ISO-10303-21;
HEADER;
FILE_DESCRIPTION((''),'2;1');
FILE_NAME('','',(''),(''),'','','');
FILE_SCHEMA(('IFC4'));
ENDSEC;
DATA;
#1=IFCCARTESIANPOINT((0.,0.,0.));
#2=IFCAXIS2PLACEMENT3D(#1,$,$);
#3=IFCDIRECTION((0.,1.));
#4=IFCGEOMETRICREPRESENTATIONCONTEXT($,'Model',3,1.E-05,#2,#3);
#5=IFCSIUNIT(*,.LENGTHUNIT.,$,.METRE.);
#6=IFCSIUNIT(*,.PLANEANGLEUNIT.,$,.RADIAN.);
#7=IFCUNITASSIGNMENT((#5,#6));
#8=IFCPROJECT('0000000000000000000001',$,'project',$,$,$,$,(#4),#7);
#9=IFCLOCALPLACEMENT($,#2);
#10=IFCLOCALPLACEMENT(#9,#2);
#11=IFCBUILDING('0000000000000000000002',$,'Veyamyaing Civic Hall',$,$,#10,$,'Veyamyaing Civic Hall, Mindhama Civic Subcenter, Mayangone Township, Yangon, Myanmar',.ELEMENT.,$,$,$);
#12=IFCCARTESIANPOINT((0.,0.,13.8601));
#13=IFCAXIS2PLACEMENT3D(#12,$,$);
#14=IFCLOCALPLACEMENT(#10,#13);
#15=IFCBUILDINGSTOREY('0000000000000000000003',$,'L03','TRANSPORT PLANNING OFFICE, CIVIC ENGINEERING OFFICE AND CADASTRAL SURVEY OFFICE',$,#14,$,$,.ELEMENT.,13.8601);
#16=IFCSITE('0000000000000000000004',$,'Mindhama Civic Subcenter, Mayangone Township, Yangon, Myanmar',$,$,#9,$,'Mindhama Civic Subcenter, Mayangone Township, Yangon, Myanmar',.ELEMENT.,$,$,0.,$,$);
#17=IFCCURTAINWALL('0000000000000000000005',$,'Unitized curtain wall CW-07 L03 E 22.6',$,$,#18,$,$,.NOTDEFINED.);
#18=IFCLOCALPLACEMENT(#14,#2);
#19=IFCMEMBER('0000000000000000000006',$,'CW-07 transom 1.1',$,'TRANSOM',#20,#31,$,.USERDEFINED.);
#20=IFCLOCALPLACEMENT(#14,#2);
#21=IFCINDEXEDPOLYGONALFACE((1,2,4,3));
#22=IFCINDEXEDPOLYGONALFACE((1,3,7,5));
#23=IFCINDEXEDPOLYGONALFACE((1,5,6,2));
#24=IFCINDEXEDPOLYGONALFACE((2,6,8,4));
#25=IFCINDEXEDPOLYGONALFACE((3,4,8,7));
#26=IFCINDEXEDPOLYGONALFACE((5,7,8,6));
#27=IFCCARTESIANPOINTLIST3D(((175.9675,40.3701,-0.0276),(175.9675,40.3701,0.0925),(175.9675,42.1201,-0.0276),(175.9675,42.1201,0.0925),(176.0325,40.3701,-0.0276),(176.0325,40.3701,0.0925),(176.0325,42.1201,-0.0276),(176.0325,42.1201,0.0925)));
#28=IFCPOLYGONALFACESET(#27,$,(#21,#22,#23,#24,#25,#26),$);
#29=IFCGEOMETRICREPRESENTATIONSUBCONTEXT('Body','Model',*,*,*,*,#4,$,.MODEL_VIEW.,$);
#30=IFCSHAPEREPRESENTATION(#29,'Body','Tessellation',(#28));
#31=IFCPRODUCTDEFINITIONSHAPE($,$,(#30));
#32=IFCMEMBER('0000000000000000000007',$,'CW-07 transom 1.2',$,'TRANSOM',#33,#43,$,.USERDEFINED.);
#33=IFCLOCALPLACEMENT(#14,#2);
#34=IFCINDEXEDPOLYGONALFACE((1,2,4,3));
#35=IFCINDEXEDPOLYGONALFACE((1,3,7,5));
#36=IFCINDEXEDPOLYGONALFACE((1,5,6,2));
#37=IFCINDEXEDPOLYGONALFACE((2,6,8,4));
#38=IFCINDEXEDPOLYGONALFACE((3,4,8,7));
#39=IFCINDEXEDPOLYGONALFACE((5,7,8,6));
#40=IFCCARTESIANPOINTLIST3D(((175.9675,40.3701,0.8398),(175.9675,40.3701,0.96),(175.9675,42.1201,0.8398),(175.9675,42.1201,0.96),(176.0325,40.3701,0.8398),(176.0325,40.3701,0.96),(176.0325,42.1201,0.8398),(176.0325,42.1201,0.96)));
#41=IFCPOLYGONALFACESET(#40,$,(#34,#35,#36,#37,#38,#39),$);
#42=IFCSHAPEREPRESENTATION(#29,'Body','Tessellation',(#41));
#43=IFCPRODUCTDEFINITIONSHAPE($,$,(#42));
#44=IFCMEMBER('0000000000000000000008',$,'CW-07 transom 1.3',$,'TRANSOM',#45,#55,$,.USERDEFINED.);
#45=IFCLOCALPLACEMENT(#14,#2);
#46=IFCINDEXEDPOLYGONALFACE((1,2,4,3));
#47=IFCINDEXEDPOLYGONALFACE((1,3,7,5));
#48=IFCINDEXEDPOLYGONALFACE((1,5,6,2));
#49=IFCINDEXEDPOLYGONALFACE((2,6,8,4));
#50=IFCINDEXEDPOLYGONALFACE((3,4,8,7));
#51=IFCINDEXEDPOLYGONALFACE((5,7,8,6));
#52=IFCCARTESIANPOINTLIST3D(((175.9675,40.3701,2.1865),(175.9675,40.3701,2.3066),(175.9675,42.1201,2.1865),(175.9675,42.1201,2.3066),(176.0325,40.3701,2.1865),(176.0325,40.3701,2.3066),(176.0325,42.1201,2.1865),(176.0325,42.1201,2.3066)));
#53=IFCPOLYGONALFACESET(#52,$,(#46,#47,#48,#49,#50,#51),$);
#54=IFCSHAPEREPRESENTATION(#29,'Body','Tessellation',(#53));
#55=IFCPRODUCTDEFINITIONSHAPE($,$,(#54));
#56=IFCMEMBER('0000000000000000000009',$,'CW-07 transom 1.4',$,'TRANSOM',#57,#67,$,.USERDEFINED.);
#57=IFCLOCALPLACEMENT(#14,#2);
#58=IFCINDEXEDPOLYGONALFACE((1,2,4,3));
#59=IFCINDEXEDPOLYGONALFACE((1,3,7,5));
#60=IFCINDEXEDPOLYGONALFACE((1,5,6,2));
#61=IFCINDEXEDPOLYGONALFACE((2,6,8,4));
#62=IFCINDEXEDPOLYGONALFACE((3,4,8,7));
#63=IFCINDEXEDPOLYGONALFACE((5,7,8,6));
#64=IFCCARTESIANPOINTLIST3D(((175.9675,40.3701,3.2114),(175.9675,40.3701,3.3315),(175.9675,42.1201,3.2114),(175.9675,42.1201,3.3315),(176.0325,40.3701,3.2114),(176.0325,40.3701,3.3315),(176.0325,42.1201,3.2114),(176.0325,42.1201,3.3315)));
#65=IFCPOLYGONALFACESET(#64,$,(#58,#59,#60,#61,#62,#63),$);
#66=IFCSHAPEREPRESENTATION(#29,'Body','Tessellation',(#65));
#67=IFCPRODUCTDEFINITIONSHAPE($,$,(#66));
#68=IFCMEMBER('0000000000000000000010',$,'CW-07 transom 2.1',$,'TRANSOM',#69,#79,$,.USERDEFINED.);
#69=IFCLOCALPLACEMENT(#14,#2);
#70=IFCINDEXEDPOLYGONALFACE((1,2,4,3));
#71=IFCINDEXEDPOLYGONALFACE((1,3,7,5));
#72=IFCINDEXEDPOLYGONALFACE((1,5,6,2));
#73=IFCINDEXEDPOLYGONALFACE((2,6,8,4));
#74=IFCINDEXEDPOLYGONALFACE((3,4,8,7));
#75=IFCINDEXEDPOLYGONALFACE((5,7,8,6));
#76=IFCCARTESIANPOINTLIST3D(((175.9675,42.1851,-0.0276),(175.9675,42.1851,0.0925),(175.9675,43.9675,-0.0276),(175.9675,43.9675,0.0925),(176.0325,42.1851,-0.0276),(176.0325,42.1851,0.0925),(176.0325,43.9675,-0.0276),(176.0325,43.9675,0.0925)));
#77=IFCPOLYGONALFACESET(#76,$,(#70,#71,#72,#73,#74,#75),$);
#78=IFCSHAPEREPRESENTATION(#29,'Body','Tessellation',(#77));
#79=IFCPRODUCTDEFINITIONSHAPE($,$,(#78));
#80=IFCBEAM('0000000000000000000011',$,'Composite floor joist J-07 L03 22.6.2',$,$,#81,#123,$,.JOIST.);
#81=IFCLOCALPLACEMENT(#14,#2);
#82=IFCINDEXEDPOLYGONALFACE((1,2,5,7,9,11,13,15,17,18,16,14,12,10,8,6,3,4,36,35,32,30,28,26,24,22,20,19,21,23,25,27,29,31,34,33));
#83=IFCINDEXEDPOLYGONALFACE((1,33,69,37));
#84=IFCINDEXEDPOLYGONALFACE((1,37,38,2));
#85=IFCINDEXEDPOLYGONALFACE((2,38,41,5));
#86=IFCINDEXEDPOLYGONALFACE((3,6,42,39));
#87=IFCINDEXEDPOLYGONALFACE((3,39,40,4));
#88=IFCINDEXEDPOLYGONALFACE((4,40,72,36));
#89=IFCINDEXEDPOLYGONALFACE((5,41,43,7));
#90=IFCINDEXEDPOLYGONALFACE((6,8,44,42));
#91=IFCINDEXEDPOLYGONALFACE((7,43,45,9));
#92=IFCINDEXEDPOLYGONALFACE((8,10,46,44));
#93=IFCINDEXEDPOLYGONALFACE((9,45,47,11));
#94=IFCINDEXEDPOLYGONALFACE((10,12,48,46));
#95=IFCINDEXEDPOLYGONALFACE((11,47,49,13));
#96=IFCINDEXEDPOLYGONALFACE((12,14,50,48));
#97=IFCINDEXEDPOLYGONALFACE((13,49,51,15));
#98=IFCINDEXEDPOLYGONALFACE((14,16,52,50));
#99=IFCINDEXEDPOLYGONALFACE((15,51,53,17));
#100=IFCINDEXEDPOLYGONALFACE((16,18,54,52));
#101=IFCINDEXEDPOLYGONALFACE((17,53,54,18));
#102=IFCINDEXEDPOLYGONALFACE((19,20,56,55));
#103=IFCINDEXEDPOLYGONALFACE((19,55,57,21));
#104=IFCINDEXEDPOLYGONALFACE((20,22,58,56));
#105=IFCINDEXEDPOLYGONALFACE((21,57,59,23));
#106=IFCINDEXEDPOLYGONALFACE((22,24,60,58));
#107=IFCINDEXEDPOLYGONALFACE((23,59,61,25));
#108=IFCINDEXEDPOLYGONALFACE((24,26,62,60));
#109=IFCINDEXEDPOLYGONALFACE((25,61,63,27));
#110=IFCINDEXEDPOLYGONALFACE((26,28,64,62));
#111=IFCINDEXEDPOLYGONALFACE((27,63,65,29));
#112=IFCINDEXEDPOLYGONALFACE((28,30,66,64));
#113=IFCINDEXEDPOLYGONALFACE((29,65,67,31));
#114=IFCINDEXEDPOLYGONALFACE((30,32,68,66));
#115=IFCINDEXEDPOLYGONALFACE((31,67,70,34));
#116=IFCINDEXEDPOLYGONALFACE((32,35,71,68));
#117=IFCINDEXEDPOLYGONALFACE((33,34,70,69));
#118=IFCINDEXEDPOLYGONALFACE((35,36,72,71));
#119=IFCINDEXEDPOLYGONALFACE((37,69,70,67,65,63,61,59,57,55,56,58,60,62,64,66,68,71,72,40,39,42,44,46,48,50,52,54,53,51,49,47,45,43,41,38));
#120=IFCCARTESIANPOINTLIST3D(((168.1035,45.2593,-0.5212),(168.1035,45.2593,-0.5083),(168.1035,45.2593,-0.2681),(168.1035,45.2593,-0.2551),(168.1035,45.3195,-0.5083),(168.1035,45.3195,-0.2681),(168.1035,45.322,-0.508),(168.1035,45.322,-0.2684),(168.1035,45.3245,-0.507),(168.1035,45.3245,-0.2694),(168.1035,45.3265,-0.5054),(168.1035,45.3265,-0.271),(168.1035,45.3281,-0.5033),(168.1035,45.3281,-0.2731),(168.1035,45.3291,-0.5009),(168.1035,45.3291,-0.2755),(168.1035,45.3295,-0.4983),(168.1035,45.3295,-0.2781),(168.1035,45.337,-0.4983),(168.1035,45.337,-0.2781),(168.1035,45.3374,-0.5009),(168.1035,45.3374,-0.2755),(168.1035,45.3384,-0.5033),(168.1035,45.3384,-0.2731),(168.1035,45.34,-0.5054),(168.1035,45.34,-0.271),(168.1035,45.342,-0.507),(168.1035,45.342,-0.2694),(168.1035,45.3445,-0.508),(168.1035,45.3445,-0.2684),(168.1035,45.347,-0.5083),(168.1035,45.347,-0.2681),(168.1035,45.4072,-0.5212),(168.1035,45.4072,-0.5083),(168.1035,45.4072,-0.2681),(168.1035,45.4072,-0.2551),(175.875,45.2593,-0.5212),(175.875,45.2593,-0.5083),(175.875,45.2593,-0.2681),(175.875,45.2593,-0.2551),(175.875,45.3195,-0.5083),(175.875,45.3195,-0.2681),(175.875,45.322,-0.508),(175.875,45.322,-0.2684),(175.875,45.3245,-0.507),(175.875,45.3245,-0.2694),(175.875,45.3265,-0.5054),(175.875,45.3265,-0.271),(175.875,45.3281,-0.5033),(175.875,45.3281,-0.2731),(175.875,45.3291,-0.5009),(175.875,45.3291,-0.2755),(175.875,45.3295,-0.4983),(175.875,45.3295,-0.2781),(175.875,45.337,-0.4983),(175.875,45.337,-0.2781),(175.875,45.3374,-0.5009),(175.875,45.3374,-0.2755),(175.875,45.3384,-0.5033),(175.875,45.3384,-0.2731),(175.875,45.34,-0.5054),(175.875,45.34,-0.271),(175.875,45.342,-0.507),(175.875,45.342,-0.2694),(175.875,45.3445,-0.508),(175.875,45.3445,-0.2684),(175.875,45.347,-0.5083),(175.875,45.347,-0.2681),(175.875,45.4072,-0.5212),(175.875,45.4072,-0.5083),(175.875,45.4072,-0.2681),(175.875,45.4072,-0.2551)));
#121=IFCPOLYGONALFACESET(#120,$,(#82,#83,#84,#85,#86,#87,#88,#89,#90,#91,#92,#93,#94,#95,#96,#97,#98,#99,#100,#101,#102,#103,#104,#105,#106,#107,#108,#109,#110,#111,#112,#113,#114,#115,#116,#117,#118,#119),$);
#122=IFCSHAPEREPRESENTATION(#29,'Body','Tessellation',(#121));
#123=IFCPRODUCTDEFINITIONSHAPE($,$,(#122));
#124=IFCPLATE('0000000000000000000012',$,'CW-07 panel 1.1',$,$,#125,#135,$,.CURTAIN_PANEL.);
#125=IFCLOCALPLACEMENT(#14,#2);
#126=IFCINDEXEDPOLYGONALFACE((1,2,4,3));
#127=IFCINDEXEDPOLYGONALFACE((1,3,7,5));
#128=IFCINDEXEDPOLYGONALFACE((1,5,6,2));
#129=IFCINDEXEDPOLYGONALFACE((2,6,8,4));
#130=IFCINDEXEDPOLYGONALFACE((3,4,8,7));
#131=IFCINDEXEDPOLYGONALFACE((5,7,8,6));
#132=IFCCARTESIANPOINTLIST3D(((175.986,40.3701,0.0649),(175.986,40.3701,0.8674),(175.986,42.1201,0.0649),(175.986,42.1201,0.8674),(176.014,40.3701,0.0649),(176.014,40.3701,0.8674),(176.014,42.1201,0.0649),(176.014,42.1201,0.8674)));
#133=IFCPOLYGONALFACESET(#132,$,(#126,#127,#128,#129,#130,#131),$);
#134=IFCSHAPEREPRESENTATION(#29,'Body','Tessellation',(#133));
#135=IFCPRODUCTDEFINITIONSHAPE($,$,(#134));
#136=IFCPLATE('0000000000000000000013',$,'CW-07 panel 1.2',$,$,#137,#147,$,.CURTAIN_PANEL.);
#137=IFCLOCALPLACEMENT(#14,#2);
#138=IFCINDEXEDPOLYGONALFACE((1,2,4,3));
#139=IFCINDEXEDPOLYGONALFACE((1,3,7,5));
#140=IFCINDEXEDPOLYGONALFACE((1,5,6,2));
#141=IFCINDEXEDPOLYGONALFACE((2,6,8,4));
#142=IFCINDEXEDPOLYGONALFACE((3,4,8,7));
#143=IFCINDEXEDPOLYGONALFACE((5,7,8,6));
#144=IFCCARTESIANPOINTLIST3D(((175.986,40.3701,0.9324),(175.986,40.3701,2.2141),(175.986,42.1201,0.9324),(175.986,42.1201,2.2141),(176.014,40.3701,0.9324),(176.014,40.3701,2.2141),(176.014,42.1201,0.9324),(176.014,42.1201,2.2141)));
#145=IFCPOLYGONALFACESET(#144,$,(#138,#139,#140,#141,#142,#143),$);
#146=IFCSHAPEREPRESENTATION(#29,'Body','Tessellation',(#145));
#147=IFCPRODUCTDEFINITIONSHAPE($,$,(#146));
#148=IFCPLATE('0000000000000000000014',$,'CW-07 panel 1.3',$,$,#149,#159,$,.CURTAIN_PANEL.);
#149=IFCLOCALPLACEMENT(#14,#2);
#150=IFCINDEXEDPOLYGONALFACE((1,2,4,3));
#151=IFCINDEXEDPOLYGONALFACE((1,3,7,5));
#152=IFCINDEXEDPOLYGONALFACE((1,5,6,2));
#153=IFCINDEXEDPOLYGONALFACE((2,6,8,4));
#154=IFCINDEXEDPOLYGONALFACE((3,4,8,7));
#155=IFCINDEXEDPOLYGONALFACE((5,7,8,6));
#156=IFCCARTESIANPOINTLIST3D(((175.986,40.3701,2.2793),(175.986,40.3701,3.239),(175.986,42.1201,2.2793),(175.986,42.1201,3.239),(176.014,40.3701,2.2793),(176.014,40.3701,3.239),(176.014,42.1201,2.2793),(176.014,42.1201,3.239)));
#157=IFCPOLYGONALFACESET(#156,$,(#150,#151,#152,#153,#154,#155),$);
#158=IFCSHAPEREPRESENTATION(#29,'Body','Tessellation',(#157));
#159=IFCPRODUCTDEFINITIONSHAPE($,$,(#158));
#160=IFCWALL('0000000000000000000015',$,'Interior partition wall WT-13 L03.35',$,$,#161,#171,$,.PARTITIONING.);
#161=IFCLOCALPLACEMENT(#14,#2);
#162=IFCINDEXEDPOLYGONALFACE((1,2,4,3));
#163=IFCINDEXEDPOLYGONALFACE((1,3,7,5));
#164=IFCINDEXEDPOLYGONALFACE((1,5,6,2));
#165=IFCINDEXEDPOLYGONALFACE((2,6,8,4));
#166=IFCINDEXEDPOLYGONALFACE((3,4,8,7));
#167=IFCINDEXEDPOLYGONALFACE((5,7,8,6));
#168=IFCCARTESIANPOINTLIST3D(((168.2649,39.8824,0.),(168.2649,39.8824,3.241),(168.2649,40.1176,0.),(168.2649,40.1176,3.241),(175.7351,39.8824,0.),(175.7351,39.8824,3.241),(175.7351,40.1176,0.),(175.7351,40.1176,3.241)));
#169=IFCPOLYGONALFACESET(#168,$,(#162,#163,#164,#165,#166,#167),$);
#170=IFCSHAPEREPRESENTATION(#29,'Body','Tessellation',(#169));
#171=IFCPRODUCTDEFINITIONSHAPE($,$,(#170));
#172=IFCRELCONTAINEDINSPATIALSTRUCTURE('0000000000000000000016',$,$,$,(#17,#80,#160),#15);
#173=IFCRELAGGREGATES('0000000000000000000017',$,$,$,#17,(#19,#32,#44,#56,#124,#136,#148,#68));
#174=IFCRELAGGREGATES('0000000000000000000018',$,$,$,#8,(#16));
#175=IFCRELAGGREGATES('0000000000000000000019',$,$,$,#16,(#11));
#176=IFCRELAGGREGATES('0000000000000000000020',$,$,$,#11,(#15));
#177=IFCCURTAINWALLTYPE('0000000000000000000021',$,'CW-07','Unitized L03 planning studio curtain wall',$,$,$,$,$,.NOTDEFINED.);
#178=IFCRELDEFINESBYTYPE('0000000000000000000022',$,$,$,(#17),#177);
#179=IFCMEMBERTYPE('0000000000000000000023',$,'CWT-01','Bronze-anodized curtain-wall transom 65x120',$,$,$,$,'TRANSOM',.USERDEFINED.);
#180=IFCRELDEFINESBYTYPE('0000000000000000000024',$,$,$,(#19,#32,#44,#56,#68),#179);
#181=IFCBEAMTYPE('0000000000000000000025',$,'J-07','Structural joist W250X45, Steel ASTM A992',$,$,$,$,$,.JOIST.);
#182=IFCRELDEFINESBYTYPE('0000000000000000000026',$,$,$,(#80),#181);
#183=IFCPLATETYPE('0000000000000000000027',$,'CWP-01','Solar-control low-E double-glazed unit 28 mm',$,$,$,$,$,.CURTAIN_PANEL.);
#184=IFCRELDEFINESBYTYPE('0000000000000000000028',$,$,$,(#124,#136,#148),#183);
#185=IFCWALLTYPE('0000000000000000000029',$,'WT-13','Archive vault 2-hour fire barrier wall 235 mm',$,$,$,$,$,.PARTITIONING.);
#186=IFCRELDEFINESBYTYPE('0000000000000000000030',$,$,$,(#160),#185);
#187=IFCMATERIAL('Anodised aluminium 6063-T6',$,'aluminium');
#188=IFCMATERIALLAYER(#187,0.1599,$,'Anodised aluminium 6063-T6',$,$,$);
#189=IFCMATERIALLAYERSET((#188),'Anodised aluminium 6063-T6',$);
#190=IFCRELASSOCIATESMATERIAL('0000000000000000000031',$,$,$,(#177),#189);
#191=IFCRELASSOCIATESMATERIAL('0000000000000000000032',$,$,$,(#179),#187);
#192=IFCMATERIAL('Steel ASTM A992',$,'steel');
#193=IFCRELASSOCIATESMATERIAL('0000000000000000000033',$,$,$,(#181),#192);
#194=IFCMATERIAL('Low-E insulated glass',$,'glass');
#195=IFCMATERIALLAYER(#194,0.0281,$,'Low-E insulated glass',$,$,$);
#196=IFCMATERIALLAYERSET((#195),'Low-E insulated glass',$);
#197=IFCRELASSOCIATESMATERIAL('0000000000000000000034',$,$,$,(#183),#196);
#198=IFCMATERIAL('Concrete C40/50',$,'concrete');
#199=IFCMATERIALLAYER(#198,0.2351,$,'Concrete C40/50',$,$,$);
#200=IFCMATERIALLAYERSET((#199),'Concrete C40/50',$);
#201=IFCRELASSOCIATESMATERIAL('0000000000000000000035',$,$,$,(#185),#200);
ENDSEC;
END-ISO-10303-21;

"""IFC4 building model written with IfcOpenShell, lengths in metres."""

from ifc_helpers import new_model, si_unit, direction, frame, frame_2d, origin, origin_2d, place, context, subcontext, project, spatial, rectangle, i_section, extrude, material, layer, layer_set, material_profile, profile_set, type_object, element, aggregate, save


model = new_model("IFC4")

# Units and contexts
model_context = context("Model", 3, precision=1e-05, world=origin(), true_north=direction((0.0, 1.0)))
body_context = subcontext(model_context, "Body", "Model", "MODEL_VIEW")
ifc_project = project(units=[si_unit("LENGTHUNIT", "METRE"), si_unit("PLANEANGLEUNIT", "RADIAN")], contexts=[model_context])

# Site, building, storey
site_placement = place(None, origin())
site = spatial("IfcSite", under=ifc_project, at=site_placement, Name="Mindhama Civic Subcenter, Mayangone Township, Yangon, Myanmar", LongName="Mindhama Civic Subcenter, Mayangone Township, Yangon, Myanmar", CompositionType="ELEMENT", RefElevation=0.0)
building_placement = place(site_placement, origin())
building = spatial("IfcBuilding", under=site, at=building_placement, Name="Veyamyaing Civic Hall", LongName="Veyamyaing Civic Hall, Mindhama Civic Subcenter, Mayangone Township, Yangon, Myanmar", CompositionType="ELEMENT")
storey_placement = place(building_placement, frame((0.0, 0.0, 13.8601)))
storey = spatial("IfcBuildingStorey", under=building, at=storey_placement, Name="L03", Description="TRANSPORT PLANNING OFFICE, CIVIC ENGINEERING OFFICE AND CADASTRAL SURVEY OFFICE", CompositionType="ELEMENT", Elevation=13.8601)

# Shared definitions
ifc_material_1 = material(Name="Steel ASTM A992", Category="steel")

# Curtain wall, members
ifc_material_2 = material(Name="Anodised aluminium 6063-T6", Category="aluminium")
ifc_layer_1 = layer(ifc_material_2, 0.1599, Name="Anodised aluminium 6063-T6")
ifc_layer_set_1 = layer_set([ifc_layer_1], Name="Anodised aluminium 6063-T6")
curtain_wall_type = type_object("IfcCurtainWallType", Name="CW-07", Description="Unitized L03 planning studio curtain wall", PredefinedType="NOTDEFINED", material=ifc_layer_set_1)
curtain_wall_placement = place(storey_placement, origin())
curtain_wall = element("IfcCurtainWall", 1, at=curtain_wall_placement, inside=storey, type_object=curtain_wall_type, Name="Unitized curtain wall CW-07 L03 E 22.6", PredefinedType="NOTDEFINED")
ifc_material_profile_1 = material_profile(ifc_material_2, rectangle(XDim=0.0649, YDim=0.1201, at=origin_2d()), Name="ALU-TRN-65X120")
ifc_profile_set_1 = profile_set([ifc_material_profile_1], Name="Anodised aluminium 6063-T6")
member_type_1 = type_object("IfcMemberType", Name="CWT-01", Description="Bronze-anodized curtain-wall transom 65x120", ElementType="TRANSOM", PredefinedType="USERDEFINED", material=ifc_profile_set_1)
member_1_placement = place(storey_placement, frame((176.0, 40.3701, 0.0325), z_axis=(0.0, 1.0, 0.0), x_axis=(-1.0, 0.0, 0.0)))
member_1 = element("IfcMember", 2, at=member_1_placement, type_object=member_type_1, Name="CW-07 transom 1.1", ObjectType="TRANSOM", PredefinedType="USERDEFINED", context=body_context, shape_type="SweptSolid", body=[
    extrude(rectangle(XDim=0.0649, YDim=0.1201, at=origin_2d()), origin(), (0.0, 0.0, 1.0), 1.75),
])
member_2_placement = place(storey_placement, frame((176.0, 40.3701, 0.8999), z_axis=(0.0, 1.0, 0.0), x_axis=(-1.0, 0.0, 0.0)))
member_2 = element("IfcMember", 3, at=member_2_placement, type_object=member_type_1, Name="CW-07 transom 1.2", ObjectType="TRANSOM", PredefinedType="USERDEFINED", context=body_context, shape_type="SweptSolid", body=[
    extrude(rectangle(XDim=0.0649, YDim=0.1201, at=origin_2d()), origin(), (0.0, 0.0, 1.0), 1.75),
])
member_3_placement = place(storey_placement, frame((176.0, 40.3701, 2.2466), z_axis=(0.0, 1.0, 0.0), x_axis=(-1.0, 0.0, 0.0)))
member_3 = element("IfcMember", 4, at=member_3_placement, type_object=member_type_1, Name="CW-07 transom 1.3", ObjectType="TRANSOM", PredefinedType="USERDEFINED", context=body_context, shape_type="SweptSolid", body=[
    extrude(rectangle(XDim=0.0649, YDim=0.1201, at=origin_2d()), origin(), (0.0, 0.0, 1.0), 1.75),
])
member_4_placement = place(storey_placement, frame((176.0, 40.3701, 3.2715), z_axis=(0.0, 1.0, 0.0), x_axis=(-1.0, 0.0, 0.0)))
member_4 = element("IfcMember", 5, at=member_4_placement, type_object=member_type_1, Name="CW-07 transom 1.4", ObjectType="TRANSOM", PredefinedType="USERDEFINED", context=body_context, shape_type="SweptSolid", body=[
    extrude(rectangle(XDim=0.0649, YDim=0.1201, at=origin_2d()), origin(), (0.0, 0.0, 1.0), 1.75),
])
member_5_placement = place(storey_placement, frame((176.0, 42.1851, 0.0325), z_axis=(0.0, 1.0, 0.0), x_axis=(-1.0, 0.0, 0.0)))
member_5 = element("IfcMember", 6, at=member_5_placement, type_object=member_type_1, Name="CW-07 transom 2.1", ObjectType="TRANSOM", PredefinedType="USERDEFINED", context=body_context, shape_type="SweptSolid", body=[
    extrude(rectangle(XDim=0.0649, YDim=0.1201, at=origin_2d()), origin(), (0.0, 0.0, 1.0), 1.7825),
])

# Beam
ifc_material_profile_2 = material_profile(ifc_material_1, i_section(OverallWidth=0.1479, OverallDepth=0.2661, WebThickness=0.0076, FlangeThickness=0.0129, FilletRadius=0.01, at=origin_2d()), Name="W250X45")
ifc_profile_set_2 = profile_set([ifc_material_profile_2], Name="Steel ASTM A992")
beam_type_1 = type_object("IfcBeamType", Name="J-07", Description="Structural joist W250X45, Steel ASTM A992", PredefinedType="JOIST", material=ifc_profile_set_2)
beam_1_placement = place(storey_placement, frame((168.1035, 45.3333, -0.3882), z_axis=(1.0, 0.0, 0.0), x_axis=(0.0, 1.0, 0.0)))
element("IfcBeam", 7, at=beam_1_placement, inside=storey, type_object=beam_type_1, Name="Composite floor joist J-07 L03 22.6.2", PredefinedType="JOIST", context=body_context, shape_type="SweptSolid", body=[
    extrude(i_section(OverallWidth=0.1479, OverallDepth=0.2661, WebThickness=0.0076, FlangeThickness=0.0129, FilletRadius=0.01, at=origin_2d()), origin(), (0.0, 0.0, 1.0), 7.7715),
])

# Plates
ifc_material_3 = material(Name="Low-E insulated glass", Category="glass")
ifc_layer_2 = layer(ifc_material_3, 0.0281, Name="Low-E insulated glass")
ifc_layer_set_2 = layer_set([ifc_layer_2], Name="Low-E insulated glass")
plate_type = type_object("IfcPlateType", Name="CWP-01", Description="Solar-control low-E double-glazed unit 28 mm", PredefinedType="CURTAIN_PANEL", material=ifc_layer_set_2)
plate_1_placement = place(storey_placement, frame((176.0, 41.2451, 0.0649), z_axis=(0.0, 0.0, 1.0), x_axis=(0.0, 1.0, 0.0)))
plate_1 = element("IfcPlate", 8, at=plate_1_placement, type_object=plate_type, Name="CW-07 panel 1.1", PredefinedType="CURTAIN_PANEL", context=body_context, shape_type="SweptSolid", body=[
    extrude(rectangle(XDim=1.75, YDim=0.0281, at=origin_2d()), origin(), (0.0, 0.0, 1.0), 0.8025),
])
plate_2_placement = place(storey_placement, frame((176.0, 41.2451, 0.9324), z_axis=(0.0, 0.0, 1.0), x_axis=(0.0, 1.0, 0.0)))
plate_2 = element("IfcPlate", 9, at=plate_2_placement, type_object=plate_type, Name="CW-07 panel 1.2", PredefinedType="CURTAIN_PANEL", context=body_context, shape_type="SweptSolid", body=[
    extrude(rectangle(XDim=1.75, YDim=0.0281, at=origin_2d()), origin(), (0.0, 0.0, 1.0), 1.2817),
])
plate_3_placement = place(storey_placement, frame((176.0, 41.2451, 2.2793), z_axis=(0.0, 0.0, 1.0), x_axis=(0.0, 1.0, 0.0)))
plate_3 = element("IfcPlate", 10, at=plate_3_placement, type_object=plate_type, Name="CW-07 panel 1.3", PredefinedType="CURTAIN_PANEL", context=body_context, shape_type="SweptSolid", body=[
    extrude(rectangle(XDim=1.75, YDim=0.0281, at=origin_2d()), origin(), (0.0, 0.0, 1.0), 0.9597),
])
aggregate(curtain_wall, [member_1, member_2, member_3, member_4, plate_1, plate_2, plate_3, member_5])

# Shared definitions
ifc_material_4 = material(Name="Concrete C40/50", Category="concrete")

# Wall
ifc_layer_3 = layer(ifc_material_4, 0.2351, Name="Concrete C40/50")
ifc_layer_set_3 = layer_set([ifc_layer_3], Name="Concrete C40/50")
wall_type_1 = type_object("IfcWallType", Name="WT-13", Description="Archive vault 2-hour fire barrier wall 235 mm", PredefinedType="PARTITIONING", material=ifc_layer_set_3)
wall_1_placement = place(storey_placement, frame((168.2649, 40.0, 0.0), z_axis=(0.0, 0.0, 1.0), x_axis=(1.0, 0.0, 0.0)))
element("IfcWall", 11, at=wall_1_placement, inside=storey, type_object=wall_type_1, Name="Interior partition wall WT-13 L03.35", PredefinedType="PARTITIONING", context=body_context, shape_type="SweptSolid", body=[
    extrude(rectangle(XDim=7.4702, YDim=0.2351, at=frame_2d((3.7351, 0.0))), origin(), (0.0, 0.0, 1.0), 3.241),
])

save(model, "model.ifc")
